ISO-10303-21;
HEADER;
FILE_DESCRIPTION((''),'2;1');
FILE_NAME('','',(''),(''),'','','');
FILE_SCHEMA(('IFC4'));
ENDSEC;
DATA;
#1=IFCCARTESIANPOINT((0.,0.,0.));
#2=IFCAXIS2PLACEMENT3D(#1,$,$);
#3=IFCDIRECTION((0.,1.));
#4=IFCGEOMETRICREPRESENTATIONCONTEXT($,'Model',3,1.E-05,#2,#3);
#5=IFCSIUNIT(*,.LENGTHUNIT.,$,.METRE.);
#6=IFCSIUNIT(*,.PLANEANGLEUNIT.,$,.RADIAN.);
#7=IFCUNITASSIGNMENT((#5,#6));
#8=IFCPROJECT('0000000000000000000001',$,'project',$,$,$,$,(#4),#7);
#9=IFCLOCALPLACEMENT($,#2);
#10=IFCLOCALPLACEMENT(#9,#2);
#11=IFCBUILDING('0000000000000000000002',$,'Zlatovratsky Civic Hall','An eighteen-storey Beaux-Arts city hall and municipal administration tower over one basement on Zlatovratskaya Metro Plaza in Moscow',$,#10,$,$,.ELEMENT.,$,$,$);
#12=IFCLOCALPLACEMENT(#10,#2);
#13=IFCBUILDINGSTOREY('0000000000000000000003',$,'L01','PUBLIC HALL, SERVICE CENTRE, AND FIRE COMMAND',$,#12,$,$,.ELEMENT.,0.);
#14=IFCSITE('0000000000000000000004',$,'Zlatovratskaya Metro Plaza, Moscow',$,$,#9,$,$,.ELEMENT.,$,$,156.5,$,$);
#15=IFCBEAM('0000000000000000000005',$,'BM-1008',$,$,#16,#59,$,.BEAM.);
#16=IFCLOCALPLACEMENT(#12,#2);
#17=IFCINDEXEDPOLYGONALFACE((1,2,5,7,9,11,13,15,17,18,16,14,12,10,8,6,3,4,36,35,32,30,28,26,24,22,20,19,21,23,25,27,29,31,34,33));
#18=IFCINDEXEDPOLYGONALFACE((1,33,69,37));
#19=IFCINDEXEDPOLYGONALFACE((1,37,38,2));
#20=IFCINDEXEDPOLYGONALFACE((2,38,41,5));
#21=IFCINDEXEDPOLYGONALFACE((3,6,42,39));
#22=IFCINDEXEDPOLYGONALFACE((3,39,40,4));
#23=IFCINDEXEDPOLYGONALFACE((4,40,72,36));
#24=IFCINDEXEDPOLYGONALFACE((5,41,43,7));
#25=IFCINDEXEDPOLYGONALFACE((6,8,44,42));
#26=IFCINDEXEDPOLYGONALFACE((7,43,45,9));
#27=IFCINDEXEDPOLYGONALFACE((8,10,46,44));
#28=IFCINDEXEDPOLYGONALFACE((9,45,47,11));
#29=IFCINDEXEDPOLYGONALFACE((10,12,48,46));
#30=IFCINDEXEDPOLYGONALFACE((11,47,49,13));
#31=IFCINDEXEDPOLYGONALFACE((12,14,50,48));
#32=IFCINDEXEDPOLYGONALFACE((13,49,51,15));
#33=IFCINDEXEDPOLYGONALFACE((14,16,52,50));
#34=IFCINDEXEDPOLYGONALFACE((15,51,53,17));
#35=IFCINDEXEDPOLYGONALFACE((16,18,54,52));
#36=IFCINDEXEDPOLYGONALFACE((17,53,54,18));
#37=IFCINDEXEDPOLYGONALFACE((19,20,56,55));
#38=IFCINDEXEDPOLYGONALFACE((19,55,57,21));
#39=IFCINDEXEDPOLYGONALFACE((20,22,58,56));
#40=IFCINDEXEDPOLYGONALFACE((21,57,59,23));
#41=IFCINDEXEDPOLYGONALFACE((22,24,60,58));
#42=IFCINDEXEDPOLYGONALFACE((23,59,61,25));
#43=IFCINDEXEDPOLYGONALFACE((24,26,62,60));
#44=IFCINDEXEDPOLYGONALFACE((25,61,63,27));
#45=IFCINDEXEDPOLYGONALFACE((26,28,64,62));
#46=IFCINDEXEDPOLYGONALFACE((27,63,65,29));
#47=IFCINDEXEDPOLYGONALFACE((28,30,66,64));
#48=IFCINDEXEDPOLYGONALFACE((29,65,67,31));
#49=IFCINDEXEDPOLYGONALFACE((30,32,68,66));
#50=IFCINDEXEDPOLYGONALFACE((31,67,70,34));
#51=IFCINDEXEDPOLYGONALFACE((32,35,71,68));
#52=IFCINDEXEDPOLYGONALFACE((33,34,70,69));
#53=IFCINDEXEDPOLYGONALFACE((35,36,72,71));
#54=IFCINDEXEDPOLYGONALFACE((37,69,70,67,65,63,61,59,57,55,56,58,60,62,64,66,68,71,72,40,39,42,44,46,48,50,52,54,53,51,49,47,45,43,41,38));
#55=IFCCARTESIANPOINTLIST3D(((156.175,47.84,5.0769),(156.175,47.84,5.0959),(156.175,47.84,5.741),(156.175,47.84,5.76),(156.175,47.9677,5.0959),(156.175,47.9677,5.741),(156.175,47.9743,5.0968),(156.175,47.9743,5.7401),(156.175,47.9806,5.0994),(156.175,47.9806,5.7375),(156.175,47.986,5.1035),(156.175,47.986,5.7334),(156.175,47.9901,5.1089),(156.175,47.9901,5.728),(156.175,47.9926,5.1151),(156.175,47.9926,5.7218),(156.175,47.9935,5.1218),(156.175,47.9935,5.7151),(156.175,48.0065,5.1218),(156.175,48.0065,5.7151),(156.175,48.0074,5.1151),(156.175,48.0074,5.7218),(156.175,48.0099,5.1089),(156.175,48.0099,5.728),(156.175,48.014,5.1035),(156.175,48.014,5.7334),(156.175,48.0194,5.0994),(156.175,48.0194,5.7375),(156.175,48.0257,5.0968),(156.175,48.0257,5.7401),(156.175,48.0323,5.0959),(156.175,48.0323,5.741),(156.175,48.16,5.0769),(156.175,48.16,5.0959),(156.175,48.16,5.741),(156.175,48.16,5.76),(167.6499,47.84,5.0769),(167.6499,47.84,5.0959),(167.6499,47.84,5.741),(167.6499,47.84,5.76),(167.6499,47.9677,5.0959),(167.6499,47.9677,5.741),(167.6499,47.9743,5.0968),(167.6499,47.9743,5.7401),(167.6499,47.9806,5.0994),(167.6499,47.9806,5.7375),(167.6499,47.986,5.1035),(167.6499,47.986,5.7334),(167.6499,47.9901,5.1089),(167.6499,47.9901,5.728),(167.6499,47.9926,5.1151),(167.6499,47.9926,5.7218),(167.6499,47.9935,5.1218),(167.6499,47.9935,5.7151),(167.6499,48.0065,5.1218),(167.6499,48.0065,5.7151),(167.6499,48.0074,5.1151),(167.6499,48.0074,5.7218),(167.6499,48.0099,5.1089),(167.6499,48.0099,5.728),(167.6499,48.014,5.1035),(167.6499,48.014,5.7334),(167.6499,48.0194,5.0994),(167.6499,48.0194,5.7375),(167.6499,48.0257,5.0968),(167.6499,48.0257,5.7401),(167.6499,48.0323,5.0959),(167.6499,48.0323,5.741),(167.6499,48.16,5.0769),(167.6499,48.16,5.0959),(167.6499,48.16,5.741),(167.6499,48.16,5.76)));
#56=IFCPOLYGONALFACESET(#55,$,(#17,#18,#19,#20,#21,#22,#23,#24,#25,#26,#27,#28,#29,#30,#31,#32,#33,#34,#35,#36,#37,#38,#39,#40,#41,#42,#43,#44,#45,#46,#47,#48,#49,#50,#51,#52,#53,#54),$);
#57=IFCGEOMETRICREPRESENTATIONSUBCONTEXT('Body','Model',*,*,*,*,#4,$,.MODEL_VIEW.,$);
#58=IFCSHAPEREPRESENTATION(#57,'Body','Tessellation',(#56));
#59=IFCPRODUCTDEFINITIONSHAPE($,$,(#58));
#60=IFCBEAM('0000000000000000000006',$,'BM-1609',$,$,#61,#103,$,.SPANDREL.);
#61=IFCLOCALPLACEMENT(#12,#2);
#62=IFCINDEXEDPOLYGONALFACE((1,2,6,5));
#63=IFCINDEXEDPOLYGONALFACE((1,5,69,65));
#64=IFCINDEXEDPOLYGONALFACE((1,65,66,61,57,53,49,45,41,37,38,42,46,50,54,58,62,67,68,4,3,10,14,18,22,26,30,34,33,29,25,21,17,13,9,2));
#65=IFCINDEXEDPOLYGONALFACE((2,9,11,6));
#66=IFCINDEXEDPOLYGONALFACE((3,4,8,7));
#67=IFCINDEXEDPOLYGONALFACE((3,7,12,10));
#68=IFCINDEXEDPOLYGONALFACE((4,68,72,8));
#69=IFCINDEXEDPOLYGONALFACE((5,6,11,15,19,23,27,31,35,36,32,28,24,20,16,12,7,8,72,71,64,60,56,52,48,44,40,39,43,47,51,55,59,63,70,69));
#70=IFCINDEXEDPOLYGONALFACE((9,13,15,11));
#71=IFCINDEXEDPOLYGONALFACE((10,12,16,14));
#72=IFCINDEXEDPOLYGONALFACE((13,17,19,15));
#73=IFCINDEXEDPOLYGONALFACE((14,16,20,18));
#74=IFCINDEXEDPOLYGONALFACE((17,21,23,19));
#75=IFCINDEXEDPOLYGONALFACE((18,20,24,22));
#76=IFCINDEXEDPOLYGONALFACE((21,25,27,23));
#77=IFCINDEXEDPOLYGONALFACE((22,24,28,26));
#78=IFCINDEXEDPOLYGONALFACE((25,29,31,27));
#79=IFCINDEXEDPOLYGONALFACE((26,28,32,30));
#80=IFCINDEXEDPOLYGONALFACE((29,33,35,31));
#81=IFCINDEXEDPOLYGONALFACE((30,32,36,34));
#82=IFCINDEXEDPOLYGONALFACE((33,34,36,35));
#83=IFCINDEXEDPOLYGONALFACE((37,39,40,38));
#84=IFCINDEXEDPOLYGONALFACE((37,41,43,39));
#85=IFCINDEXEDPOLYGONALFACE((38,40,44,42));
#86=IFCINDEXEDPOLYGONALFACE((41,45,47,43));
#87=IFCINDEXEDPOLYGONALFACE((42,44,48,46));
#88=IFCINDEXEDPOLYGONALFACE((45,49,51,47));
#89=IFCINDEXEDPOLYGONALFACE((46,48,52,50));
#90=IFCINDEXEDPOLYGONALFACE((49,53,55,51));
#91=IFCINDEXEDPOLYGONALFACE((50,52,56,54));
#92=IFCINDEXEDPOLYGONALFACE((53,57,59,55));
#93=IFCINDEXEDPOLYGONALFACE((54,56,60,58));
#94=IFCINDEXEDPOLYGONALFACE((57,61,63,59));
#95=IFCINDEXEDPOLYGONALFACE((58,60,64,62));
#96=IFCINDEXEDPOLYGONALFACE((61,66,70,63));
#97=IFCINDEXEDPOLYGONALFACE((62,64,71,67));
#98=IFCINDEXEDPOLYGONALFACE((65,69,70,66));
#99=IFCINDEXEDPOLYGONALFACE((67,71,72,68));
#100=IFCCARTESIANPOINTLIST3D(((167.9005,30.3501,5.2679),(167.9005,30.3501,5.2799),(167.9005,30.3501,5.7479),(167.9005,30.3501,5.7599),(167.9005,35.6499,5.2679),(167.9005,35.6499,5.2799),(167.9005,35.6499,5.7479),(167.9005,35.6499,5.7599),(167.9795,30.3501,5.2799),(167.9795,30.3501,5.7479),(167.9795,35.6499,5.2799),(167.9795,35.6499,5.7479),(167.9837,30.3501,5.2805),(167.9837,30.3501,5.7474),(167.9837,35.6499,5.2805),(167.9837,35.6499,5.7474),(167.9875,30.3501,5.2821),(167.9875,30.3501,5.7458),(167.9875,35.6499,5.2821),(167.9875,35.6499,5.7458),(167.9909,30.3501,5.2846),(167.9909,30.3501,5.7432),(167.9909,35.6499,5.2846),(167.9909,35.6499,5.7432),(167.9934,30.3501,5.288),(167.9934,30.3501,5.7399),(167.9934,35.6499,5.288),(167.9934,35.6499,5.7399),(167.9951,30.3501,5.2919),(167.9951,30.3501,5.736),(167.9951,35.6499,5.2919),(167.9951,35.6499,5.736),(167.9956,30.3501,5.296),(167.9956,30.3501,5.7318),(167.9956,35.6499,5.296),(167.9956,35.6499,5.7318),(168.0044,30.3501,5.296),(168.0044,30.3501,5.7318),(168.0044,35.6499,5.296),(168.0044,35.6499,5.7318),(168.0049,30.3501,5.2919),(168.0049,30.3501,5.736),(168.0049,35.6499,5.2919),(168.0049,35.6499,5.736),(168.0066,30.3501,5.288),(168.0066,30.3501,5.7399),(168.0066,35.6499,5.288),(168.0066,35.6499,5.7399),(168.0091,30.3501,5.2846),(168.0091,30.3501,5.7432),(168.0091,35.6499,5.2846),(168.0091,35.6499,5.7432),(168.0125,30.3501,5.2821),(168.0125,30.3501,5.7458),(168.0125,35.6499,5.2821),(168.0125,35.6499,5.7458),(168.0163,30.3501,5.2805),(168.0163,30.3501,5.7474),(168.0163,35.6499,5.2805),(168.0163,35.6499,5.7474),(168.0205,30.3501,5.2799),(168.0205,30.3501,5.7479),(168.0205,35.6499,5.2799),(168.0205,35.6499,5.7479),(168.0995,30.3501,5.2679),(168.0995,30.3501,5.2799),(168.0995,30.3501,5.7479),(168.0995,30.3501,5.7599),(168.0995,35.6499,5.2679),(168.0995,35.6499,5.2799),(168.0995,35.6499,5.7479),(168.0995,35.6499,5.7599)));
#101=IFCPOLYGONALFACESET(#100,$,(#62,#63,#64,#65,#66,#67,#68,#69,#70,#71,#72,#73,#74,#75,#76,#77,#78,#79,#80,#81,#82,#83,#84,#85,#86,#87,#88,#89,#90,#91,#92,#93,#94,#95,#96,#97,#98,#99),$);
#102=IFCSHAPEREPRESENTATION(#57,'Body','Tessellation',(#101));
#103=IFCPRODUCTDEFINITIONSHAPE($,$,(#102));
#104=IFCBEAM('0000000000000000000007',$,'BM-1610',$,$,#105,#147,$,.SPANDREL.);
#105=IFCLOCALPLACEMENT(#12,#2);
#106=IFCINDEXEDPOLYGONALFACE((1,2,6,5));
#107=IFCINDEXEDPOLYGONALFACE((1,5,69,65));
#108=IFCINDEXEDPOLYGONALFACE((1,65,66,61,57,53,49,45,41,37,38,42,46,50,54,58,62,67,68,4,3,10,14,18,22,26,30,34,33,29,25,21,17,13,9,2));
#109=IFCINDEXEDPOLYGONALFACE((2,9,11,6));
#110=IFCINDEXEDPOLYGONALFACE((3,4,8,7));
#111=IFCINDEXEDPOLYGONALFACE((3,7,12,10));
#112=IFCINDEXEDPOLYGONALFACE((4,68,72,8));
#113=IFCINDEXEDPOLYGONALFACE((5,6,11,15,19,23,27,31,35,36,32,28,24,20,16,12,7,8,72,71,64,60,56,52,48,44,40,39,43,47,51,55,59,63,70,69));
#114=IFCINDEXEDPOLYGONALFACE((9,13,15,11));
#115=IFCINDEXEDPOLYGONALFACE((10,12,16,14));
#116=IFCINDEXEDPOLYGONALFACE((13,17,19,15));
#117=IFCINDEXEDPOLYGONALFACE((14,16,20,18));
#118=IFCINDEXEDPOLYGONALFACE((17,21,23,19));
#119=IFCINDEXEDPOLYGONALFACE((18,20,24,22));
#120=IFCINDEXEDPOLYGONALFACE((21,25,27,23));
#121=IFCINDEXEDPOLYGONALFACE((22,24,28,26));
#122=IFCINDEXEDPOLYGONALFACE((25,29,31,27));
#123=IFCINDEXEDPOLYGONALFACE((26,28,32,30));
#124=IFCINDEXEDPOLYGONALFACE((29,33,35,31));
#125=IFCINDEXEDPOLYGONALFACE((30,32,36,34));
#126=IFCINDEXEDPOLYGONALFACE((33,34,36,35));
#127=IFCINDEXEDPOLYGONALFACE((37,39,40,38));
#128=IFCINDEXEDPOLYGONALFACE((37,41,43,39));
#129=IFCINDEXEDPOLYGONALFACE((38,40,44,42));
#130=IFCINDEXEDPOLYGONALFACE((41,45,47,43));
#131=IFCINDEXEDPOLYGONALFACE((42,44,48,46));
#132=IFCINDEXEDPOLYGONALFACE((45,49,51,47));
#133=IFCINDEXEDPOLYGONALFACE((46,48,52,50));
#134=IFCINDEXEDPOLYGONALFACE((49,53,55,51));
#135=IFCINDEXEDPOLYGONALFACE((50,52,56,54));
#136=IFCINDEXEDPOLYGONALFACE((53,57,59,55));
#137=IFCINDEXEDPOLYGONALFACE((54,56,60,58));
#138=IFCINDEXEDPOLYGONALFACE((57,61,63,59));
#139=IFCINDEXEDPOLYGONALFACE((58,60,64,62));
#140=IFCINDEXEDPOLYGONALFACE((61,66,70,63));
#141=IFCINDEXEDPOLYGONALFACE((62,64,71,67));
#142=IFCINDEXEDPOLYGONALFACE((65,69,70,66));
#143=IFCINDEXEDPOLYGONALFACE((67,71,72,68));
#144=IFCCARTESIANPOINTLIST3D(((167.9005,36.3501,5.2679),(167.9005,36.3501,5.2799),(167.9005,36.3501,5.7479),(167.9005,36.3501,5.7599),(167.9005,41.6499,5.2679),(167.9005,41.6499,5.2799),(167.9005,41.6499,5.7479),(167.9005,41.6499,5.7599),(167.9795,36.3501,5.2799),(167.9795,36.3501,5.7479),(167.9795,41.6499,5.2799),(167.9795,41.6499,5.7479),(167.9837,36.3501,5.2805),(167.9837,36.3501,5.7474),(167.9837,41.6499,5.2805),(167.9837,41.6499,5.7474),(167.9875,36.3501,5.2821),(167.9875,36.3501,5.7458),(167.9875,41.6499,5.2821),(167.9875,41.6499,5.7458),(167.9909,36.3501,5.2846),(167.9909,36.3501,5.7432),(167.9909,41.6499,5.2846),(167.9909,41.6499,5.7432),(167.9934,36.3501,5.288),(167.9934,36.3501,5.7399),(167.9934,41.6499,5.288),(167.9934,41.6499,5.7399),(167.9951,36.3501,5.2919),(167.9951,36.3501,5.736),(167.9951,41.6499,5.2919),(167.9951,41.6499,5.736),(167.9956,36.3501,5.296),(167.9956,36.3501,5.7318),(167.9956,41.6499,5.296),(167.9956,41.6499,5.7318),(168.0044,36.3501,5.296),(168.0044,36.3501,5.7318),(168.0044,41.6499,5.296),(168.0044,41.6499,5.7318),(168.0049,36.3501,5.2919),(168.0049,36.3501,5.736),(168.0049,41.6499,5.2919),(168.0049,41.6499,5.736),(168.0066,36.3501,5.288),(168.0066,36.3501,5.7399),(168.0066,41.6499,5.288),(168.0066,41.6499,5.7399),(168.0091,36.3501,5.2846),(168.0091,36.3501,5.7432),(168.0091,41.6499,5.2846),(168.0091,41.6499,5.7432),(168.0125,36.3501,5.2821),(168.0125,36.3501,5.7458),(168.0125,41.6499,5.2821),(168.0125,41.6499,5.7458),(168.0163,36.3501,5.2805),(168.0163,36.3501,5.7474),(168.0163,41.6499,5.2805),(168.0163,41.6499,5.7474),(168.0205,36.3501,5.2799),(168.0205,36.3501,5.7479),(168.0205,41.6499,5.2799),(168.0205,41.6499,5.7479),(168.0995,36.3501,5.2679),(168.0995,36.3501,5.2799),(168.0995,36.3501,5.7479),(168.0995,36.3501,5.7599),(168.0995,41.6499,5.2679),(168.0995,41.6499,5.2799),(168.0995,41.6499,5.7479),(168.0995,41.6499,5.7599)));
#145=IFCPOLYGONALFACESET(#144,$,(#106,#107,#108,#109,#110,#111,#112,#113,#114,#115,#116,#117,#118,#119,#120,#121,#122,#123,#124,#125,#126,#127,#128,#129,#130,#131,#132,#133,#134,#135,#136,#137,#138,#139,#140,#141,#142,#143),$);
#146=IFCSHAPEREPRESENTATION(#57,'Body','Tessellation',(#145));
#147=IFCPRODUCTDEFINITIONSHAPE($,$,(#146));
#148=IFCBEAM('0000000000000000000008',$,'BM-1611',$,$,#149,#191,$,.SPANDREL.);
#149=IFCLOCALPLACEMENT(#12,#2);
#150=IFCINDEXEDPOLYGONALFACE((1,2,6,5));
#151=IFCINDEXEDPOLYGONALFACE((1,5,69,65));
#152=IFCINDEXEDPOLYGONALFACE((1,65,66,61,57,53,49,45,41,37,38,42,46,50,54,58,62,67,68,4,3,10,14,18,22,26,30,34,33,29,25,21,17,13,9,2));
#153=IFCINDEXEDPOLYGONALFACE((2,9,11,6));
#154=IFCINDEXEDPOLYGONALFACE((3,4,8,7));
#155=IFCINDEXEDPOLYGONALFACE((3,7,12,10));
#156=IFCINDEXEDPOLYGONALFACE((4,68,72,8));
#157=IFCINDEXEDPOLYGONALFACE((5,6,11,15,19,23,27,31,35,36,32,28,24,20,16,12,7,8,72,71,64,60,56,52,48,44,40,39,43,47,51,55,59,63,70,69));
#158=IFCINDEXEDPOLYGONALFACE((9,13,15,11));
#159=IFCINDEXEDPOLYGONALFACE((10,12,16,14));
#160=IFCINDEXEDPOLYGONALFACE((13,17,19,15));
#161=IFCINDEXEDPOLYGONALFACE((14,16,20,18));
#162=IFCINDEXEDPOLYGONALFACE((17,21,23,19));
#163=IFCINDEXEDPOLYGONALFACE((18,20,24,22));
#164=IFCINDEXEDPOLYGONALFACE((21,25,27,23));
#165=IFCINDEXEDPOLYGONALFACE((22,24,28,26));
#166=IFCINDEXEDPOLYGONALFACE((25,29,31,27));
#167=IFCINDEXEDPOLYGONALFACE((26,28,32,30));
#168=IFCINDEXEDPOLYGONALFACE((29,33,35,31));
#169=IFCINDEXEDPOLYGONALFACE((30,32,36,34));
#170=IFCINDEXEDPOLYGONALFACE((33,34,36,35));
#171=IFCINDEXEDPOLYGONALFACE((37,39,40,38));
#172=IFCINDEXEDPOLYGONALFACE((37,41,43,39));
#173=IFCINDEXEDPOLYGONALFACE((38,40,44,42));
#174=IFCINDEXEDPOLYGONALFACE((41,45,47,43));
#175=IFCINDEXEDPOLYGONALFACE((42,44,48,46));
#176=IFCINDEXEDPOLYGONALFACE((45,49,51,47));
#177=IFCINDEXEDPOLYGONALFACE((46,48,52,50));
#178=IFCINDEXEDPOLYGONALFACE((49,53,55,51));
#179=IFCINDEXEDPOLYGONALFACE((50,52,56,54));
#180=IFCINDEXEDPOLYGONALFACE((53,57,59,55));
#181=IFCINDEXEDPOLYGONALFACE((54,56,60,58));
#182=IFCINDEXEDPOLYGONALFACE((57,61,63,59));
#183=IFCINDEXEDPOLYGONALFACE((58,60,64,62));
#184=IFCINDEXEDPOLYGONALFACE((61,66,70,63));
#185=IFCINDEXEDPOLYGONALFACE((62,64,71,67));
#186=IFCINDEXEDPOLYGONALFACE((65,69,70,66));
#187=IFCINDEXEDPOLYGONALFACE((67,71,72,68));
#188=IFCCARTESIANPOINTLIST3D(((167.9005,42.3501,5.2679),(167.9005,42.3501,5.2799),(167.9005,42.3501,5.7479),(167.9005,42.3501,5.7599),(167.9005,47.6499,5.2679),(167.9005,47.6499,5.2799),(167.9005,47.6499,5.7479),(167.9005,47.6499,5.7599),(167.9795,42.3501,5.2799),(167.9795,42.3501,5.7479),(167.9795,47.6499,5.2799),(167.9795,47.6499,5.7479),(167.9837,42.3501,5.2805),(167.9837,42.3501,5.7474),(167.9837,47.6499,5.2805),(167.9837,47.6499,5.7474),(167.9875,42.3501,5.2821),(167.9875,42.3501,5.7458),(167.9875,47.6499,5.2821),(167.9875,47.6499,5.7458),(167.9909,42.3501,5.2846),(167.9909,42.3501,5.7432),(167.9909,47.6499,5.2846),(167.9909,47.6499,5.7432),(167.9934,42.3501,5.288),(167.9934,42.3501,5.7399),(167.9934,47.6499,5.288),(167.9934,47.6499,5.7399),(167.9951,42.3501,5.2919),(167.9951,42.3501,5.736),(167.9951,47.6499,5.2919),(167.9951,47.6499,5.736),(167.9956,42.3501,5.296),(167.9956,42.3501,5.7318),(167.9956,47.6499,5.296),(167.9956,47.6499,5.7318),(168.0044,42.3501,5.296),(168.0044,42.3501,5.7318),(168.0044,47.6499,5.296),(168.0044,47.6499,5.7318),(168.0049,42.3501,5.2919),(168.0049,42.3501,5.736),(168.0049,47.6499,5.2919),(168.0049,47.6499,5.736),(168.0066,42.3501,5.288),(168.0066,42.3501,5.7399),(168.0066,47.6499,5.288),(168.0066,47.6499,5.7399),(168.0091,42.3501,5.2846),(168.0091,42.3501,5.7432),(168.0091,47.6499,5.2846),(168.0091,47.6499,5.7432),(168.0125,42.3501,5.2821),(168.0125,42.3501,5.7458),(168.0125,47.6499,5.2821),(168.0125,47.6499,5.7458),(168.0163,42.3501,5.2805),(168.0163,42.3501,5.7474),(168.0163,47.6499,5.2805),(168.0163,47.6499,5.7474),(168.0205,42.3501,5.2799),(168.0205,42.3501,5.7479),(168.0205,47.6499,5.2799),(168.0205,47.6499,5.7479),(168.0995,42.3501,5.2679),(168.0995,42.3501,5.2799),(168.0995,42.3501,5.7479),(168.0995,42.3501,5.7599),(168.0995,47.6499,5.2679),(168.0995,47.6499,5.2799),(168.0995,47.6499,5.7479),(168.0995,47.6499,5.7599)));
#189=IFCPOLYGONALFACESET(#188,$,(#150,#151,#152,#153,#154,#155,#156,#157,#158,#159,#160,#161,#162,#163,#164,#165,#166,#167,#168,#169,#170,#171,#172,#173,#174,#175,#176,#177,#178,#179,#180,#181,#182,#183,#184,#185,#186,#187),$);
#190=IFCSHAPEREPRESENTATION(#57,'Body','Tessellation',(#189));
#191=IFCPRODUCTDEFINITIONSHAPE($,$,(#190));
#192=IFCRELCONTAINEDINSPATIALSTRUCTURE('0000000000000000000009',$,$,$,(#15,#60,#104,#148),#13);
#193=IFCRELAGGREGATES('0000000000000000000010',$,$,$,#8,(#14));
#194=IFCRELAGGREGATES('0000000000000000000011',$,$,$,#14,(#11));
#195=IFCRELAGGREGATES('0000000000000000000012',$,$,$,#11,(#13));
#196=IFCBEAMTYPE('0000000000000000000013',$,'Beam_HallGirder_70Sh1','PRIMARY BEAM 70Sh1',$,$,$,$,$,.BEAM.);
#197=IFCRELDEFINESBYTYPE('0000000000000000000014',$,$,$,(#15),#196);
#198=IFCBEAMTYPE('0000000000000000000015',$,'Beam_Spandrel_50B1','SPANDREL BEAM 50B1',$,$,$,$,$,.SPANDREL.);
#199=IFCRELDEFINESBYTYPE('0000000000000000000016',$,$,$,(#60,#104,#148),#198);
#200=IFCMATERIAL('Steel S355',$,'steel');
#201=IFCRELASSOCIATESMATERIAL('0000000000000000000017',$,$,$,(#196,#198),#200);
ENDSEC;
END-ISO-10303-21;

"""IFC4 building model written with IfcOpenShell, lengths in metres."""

from ifc_helpers import new_model, si_unit, direction, frame, origin, origin_2d, place, context, subcontext, project, spatial, i_section, extrude, material, material_profile, profile_set, type_object, element, save


model = new_model("IFC4")

# Units and contexts
model_context = context("Model", 3, precision=1e-05, world=origin(), true_north=direction((0.0, 1.0)))
body_context = subcontext(model_context, "Body", "Model", "MODEL_VIEW")
ifc_project = project(units=[si_unit("LENGTHUNIT", "METRE"), si_unit("PLANEANGLEUNIT", "RADIAN")], contexts=[model_context])

# Site, building, storey
site_placement = place(None, origin())
site = spatial("IfcSite", under=ifc_project, at=site_placement, Name="Zlatovratskaya Metro Plaza, Moscow", CompositionType="ELEMENT", RefElevation=156.5)
building_placement = place(site_placement, origin())
building = spatial("IfcBuilding", under=site, at=building_placement, Name="Zlatovratsky Civic Hall", Description="An eighteen-storey Beaux-Arts city hall and municipal administration tower over one basement on Zlatovratskaya Metro Plaza in Moscow", CompositionType="ELEMENT")
storey_placement = place(building_placement, origin())
storey = spatial("IfcBuildingStorey", under=building, at=storey_placement, Name="L01", Description="PUBLIC HALL, SERVICE CENTRE, AND FIRE COMMAND", CompositionType="ELEMENT", Elevation=0.0)

# Shared definitions
ifc_material_1 = material(Name="Steel S355", Category="steel")

# Beams
ifc_material_profile_1 = material_profile(ifc_material_1, i_section(OverallWidth=0.3201, OverallDepth=0.6831, WebThickness=0.0129, FlangeThickness=0.019, FilletRadius=0.0259, at=origin_2d()), Name="70Sh1")
ifc_profile_set_1 = profile_set([ifc_material_profile_1], Name="Steel S355")
beam_type_1 = type_object("IfcBeamType", Name="Beam_HallGirder_70Sh1", Description="PRIMARY BEAM 70Sh1", PredefinedType="BEAM", material=ifc_profile_set_1)
for number, where, z_axis, x_axis, name in (
    (1, (156.175, 48.0, 5.4185), (1.0, 0.0, 0.0), (0.0, 1.0, 0.0), "BM-1008"),
):
    element("IfcBeam", number, at=place(storey_placement, frame(where, z_axis=z_axis, x_axis=x_axis)), inside=storey, type_object=beam_type_1, Name=name, PredefinedType="BEAM", context=body_context, shape_type="SweptSolid", body=[
        extrude(i_section(OverallWidth=0.3201, OverallDepth=0.6831, WebThickness=0.0129, FlangeThickness=0.019, FilletRadius=0.0259, at=origin_2d()), origin(), (0.0, 0.0, 1.0), 11.4749),
    ])
ifc_material_profile_2 = material_profile(ifc_material_1, i_section(OverallWidth=0.199, OverallDepth=0.4919, WebThickness=0.0088, FlangeThickness=0.012, FilletRadius=0.0161, at=origin_2d()), Name="50B1")
ifc_profile_set_2 = profile_set([ifc_material_profile_2], Name="Steel S355")
beam_type_2 = type_object("IfcBeamType", Name="Beam_Spandrel_50B1", Description="SPANDREL BEAM 50B1", PredefinedType="SPANDREL", material=ifc_profile_set_2)
for number, where, z_axis, x_axis, name in (
    (2, (168.0, 30.3501, 5.5139), (0.0, 1.0, 0.0), (-1.0, 0.0, 0.0), "BM-1609"),
    (3, (168.0, 36.3501, 5.5139), (0.0, 1.0, 0.0), (-1.0, 0.0, 0.0), "BM-1610"),
    (4, (168.0, 42.3501, 5.5139), (0.0, 1.0, 0.0), (-1.0, 0.0, 0.0), "BM-1611"),
):
    element("IfcBeam", number, at=place(storey_placement, frame(where, z_axis=z_axis, x_axis=x_axis)), inside=storey, type_object=beam_type_2, Name=name, PredefinedType="SPANDREL", context=body_context, shape_type="SweptSolid", body=[
        extrude(i_section(OverallWidth=0.199, OverallDepth=0.4919, WebThickness=0.0088, FlangeThickness=0.012, FilletRadius=0.0161, at=origin_2d()), origin(), (0.0, 0.0, 1.0), 5.2998),
    ])

save(model, "model.ifc")
